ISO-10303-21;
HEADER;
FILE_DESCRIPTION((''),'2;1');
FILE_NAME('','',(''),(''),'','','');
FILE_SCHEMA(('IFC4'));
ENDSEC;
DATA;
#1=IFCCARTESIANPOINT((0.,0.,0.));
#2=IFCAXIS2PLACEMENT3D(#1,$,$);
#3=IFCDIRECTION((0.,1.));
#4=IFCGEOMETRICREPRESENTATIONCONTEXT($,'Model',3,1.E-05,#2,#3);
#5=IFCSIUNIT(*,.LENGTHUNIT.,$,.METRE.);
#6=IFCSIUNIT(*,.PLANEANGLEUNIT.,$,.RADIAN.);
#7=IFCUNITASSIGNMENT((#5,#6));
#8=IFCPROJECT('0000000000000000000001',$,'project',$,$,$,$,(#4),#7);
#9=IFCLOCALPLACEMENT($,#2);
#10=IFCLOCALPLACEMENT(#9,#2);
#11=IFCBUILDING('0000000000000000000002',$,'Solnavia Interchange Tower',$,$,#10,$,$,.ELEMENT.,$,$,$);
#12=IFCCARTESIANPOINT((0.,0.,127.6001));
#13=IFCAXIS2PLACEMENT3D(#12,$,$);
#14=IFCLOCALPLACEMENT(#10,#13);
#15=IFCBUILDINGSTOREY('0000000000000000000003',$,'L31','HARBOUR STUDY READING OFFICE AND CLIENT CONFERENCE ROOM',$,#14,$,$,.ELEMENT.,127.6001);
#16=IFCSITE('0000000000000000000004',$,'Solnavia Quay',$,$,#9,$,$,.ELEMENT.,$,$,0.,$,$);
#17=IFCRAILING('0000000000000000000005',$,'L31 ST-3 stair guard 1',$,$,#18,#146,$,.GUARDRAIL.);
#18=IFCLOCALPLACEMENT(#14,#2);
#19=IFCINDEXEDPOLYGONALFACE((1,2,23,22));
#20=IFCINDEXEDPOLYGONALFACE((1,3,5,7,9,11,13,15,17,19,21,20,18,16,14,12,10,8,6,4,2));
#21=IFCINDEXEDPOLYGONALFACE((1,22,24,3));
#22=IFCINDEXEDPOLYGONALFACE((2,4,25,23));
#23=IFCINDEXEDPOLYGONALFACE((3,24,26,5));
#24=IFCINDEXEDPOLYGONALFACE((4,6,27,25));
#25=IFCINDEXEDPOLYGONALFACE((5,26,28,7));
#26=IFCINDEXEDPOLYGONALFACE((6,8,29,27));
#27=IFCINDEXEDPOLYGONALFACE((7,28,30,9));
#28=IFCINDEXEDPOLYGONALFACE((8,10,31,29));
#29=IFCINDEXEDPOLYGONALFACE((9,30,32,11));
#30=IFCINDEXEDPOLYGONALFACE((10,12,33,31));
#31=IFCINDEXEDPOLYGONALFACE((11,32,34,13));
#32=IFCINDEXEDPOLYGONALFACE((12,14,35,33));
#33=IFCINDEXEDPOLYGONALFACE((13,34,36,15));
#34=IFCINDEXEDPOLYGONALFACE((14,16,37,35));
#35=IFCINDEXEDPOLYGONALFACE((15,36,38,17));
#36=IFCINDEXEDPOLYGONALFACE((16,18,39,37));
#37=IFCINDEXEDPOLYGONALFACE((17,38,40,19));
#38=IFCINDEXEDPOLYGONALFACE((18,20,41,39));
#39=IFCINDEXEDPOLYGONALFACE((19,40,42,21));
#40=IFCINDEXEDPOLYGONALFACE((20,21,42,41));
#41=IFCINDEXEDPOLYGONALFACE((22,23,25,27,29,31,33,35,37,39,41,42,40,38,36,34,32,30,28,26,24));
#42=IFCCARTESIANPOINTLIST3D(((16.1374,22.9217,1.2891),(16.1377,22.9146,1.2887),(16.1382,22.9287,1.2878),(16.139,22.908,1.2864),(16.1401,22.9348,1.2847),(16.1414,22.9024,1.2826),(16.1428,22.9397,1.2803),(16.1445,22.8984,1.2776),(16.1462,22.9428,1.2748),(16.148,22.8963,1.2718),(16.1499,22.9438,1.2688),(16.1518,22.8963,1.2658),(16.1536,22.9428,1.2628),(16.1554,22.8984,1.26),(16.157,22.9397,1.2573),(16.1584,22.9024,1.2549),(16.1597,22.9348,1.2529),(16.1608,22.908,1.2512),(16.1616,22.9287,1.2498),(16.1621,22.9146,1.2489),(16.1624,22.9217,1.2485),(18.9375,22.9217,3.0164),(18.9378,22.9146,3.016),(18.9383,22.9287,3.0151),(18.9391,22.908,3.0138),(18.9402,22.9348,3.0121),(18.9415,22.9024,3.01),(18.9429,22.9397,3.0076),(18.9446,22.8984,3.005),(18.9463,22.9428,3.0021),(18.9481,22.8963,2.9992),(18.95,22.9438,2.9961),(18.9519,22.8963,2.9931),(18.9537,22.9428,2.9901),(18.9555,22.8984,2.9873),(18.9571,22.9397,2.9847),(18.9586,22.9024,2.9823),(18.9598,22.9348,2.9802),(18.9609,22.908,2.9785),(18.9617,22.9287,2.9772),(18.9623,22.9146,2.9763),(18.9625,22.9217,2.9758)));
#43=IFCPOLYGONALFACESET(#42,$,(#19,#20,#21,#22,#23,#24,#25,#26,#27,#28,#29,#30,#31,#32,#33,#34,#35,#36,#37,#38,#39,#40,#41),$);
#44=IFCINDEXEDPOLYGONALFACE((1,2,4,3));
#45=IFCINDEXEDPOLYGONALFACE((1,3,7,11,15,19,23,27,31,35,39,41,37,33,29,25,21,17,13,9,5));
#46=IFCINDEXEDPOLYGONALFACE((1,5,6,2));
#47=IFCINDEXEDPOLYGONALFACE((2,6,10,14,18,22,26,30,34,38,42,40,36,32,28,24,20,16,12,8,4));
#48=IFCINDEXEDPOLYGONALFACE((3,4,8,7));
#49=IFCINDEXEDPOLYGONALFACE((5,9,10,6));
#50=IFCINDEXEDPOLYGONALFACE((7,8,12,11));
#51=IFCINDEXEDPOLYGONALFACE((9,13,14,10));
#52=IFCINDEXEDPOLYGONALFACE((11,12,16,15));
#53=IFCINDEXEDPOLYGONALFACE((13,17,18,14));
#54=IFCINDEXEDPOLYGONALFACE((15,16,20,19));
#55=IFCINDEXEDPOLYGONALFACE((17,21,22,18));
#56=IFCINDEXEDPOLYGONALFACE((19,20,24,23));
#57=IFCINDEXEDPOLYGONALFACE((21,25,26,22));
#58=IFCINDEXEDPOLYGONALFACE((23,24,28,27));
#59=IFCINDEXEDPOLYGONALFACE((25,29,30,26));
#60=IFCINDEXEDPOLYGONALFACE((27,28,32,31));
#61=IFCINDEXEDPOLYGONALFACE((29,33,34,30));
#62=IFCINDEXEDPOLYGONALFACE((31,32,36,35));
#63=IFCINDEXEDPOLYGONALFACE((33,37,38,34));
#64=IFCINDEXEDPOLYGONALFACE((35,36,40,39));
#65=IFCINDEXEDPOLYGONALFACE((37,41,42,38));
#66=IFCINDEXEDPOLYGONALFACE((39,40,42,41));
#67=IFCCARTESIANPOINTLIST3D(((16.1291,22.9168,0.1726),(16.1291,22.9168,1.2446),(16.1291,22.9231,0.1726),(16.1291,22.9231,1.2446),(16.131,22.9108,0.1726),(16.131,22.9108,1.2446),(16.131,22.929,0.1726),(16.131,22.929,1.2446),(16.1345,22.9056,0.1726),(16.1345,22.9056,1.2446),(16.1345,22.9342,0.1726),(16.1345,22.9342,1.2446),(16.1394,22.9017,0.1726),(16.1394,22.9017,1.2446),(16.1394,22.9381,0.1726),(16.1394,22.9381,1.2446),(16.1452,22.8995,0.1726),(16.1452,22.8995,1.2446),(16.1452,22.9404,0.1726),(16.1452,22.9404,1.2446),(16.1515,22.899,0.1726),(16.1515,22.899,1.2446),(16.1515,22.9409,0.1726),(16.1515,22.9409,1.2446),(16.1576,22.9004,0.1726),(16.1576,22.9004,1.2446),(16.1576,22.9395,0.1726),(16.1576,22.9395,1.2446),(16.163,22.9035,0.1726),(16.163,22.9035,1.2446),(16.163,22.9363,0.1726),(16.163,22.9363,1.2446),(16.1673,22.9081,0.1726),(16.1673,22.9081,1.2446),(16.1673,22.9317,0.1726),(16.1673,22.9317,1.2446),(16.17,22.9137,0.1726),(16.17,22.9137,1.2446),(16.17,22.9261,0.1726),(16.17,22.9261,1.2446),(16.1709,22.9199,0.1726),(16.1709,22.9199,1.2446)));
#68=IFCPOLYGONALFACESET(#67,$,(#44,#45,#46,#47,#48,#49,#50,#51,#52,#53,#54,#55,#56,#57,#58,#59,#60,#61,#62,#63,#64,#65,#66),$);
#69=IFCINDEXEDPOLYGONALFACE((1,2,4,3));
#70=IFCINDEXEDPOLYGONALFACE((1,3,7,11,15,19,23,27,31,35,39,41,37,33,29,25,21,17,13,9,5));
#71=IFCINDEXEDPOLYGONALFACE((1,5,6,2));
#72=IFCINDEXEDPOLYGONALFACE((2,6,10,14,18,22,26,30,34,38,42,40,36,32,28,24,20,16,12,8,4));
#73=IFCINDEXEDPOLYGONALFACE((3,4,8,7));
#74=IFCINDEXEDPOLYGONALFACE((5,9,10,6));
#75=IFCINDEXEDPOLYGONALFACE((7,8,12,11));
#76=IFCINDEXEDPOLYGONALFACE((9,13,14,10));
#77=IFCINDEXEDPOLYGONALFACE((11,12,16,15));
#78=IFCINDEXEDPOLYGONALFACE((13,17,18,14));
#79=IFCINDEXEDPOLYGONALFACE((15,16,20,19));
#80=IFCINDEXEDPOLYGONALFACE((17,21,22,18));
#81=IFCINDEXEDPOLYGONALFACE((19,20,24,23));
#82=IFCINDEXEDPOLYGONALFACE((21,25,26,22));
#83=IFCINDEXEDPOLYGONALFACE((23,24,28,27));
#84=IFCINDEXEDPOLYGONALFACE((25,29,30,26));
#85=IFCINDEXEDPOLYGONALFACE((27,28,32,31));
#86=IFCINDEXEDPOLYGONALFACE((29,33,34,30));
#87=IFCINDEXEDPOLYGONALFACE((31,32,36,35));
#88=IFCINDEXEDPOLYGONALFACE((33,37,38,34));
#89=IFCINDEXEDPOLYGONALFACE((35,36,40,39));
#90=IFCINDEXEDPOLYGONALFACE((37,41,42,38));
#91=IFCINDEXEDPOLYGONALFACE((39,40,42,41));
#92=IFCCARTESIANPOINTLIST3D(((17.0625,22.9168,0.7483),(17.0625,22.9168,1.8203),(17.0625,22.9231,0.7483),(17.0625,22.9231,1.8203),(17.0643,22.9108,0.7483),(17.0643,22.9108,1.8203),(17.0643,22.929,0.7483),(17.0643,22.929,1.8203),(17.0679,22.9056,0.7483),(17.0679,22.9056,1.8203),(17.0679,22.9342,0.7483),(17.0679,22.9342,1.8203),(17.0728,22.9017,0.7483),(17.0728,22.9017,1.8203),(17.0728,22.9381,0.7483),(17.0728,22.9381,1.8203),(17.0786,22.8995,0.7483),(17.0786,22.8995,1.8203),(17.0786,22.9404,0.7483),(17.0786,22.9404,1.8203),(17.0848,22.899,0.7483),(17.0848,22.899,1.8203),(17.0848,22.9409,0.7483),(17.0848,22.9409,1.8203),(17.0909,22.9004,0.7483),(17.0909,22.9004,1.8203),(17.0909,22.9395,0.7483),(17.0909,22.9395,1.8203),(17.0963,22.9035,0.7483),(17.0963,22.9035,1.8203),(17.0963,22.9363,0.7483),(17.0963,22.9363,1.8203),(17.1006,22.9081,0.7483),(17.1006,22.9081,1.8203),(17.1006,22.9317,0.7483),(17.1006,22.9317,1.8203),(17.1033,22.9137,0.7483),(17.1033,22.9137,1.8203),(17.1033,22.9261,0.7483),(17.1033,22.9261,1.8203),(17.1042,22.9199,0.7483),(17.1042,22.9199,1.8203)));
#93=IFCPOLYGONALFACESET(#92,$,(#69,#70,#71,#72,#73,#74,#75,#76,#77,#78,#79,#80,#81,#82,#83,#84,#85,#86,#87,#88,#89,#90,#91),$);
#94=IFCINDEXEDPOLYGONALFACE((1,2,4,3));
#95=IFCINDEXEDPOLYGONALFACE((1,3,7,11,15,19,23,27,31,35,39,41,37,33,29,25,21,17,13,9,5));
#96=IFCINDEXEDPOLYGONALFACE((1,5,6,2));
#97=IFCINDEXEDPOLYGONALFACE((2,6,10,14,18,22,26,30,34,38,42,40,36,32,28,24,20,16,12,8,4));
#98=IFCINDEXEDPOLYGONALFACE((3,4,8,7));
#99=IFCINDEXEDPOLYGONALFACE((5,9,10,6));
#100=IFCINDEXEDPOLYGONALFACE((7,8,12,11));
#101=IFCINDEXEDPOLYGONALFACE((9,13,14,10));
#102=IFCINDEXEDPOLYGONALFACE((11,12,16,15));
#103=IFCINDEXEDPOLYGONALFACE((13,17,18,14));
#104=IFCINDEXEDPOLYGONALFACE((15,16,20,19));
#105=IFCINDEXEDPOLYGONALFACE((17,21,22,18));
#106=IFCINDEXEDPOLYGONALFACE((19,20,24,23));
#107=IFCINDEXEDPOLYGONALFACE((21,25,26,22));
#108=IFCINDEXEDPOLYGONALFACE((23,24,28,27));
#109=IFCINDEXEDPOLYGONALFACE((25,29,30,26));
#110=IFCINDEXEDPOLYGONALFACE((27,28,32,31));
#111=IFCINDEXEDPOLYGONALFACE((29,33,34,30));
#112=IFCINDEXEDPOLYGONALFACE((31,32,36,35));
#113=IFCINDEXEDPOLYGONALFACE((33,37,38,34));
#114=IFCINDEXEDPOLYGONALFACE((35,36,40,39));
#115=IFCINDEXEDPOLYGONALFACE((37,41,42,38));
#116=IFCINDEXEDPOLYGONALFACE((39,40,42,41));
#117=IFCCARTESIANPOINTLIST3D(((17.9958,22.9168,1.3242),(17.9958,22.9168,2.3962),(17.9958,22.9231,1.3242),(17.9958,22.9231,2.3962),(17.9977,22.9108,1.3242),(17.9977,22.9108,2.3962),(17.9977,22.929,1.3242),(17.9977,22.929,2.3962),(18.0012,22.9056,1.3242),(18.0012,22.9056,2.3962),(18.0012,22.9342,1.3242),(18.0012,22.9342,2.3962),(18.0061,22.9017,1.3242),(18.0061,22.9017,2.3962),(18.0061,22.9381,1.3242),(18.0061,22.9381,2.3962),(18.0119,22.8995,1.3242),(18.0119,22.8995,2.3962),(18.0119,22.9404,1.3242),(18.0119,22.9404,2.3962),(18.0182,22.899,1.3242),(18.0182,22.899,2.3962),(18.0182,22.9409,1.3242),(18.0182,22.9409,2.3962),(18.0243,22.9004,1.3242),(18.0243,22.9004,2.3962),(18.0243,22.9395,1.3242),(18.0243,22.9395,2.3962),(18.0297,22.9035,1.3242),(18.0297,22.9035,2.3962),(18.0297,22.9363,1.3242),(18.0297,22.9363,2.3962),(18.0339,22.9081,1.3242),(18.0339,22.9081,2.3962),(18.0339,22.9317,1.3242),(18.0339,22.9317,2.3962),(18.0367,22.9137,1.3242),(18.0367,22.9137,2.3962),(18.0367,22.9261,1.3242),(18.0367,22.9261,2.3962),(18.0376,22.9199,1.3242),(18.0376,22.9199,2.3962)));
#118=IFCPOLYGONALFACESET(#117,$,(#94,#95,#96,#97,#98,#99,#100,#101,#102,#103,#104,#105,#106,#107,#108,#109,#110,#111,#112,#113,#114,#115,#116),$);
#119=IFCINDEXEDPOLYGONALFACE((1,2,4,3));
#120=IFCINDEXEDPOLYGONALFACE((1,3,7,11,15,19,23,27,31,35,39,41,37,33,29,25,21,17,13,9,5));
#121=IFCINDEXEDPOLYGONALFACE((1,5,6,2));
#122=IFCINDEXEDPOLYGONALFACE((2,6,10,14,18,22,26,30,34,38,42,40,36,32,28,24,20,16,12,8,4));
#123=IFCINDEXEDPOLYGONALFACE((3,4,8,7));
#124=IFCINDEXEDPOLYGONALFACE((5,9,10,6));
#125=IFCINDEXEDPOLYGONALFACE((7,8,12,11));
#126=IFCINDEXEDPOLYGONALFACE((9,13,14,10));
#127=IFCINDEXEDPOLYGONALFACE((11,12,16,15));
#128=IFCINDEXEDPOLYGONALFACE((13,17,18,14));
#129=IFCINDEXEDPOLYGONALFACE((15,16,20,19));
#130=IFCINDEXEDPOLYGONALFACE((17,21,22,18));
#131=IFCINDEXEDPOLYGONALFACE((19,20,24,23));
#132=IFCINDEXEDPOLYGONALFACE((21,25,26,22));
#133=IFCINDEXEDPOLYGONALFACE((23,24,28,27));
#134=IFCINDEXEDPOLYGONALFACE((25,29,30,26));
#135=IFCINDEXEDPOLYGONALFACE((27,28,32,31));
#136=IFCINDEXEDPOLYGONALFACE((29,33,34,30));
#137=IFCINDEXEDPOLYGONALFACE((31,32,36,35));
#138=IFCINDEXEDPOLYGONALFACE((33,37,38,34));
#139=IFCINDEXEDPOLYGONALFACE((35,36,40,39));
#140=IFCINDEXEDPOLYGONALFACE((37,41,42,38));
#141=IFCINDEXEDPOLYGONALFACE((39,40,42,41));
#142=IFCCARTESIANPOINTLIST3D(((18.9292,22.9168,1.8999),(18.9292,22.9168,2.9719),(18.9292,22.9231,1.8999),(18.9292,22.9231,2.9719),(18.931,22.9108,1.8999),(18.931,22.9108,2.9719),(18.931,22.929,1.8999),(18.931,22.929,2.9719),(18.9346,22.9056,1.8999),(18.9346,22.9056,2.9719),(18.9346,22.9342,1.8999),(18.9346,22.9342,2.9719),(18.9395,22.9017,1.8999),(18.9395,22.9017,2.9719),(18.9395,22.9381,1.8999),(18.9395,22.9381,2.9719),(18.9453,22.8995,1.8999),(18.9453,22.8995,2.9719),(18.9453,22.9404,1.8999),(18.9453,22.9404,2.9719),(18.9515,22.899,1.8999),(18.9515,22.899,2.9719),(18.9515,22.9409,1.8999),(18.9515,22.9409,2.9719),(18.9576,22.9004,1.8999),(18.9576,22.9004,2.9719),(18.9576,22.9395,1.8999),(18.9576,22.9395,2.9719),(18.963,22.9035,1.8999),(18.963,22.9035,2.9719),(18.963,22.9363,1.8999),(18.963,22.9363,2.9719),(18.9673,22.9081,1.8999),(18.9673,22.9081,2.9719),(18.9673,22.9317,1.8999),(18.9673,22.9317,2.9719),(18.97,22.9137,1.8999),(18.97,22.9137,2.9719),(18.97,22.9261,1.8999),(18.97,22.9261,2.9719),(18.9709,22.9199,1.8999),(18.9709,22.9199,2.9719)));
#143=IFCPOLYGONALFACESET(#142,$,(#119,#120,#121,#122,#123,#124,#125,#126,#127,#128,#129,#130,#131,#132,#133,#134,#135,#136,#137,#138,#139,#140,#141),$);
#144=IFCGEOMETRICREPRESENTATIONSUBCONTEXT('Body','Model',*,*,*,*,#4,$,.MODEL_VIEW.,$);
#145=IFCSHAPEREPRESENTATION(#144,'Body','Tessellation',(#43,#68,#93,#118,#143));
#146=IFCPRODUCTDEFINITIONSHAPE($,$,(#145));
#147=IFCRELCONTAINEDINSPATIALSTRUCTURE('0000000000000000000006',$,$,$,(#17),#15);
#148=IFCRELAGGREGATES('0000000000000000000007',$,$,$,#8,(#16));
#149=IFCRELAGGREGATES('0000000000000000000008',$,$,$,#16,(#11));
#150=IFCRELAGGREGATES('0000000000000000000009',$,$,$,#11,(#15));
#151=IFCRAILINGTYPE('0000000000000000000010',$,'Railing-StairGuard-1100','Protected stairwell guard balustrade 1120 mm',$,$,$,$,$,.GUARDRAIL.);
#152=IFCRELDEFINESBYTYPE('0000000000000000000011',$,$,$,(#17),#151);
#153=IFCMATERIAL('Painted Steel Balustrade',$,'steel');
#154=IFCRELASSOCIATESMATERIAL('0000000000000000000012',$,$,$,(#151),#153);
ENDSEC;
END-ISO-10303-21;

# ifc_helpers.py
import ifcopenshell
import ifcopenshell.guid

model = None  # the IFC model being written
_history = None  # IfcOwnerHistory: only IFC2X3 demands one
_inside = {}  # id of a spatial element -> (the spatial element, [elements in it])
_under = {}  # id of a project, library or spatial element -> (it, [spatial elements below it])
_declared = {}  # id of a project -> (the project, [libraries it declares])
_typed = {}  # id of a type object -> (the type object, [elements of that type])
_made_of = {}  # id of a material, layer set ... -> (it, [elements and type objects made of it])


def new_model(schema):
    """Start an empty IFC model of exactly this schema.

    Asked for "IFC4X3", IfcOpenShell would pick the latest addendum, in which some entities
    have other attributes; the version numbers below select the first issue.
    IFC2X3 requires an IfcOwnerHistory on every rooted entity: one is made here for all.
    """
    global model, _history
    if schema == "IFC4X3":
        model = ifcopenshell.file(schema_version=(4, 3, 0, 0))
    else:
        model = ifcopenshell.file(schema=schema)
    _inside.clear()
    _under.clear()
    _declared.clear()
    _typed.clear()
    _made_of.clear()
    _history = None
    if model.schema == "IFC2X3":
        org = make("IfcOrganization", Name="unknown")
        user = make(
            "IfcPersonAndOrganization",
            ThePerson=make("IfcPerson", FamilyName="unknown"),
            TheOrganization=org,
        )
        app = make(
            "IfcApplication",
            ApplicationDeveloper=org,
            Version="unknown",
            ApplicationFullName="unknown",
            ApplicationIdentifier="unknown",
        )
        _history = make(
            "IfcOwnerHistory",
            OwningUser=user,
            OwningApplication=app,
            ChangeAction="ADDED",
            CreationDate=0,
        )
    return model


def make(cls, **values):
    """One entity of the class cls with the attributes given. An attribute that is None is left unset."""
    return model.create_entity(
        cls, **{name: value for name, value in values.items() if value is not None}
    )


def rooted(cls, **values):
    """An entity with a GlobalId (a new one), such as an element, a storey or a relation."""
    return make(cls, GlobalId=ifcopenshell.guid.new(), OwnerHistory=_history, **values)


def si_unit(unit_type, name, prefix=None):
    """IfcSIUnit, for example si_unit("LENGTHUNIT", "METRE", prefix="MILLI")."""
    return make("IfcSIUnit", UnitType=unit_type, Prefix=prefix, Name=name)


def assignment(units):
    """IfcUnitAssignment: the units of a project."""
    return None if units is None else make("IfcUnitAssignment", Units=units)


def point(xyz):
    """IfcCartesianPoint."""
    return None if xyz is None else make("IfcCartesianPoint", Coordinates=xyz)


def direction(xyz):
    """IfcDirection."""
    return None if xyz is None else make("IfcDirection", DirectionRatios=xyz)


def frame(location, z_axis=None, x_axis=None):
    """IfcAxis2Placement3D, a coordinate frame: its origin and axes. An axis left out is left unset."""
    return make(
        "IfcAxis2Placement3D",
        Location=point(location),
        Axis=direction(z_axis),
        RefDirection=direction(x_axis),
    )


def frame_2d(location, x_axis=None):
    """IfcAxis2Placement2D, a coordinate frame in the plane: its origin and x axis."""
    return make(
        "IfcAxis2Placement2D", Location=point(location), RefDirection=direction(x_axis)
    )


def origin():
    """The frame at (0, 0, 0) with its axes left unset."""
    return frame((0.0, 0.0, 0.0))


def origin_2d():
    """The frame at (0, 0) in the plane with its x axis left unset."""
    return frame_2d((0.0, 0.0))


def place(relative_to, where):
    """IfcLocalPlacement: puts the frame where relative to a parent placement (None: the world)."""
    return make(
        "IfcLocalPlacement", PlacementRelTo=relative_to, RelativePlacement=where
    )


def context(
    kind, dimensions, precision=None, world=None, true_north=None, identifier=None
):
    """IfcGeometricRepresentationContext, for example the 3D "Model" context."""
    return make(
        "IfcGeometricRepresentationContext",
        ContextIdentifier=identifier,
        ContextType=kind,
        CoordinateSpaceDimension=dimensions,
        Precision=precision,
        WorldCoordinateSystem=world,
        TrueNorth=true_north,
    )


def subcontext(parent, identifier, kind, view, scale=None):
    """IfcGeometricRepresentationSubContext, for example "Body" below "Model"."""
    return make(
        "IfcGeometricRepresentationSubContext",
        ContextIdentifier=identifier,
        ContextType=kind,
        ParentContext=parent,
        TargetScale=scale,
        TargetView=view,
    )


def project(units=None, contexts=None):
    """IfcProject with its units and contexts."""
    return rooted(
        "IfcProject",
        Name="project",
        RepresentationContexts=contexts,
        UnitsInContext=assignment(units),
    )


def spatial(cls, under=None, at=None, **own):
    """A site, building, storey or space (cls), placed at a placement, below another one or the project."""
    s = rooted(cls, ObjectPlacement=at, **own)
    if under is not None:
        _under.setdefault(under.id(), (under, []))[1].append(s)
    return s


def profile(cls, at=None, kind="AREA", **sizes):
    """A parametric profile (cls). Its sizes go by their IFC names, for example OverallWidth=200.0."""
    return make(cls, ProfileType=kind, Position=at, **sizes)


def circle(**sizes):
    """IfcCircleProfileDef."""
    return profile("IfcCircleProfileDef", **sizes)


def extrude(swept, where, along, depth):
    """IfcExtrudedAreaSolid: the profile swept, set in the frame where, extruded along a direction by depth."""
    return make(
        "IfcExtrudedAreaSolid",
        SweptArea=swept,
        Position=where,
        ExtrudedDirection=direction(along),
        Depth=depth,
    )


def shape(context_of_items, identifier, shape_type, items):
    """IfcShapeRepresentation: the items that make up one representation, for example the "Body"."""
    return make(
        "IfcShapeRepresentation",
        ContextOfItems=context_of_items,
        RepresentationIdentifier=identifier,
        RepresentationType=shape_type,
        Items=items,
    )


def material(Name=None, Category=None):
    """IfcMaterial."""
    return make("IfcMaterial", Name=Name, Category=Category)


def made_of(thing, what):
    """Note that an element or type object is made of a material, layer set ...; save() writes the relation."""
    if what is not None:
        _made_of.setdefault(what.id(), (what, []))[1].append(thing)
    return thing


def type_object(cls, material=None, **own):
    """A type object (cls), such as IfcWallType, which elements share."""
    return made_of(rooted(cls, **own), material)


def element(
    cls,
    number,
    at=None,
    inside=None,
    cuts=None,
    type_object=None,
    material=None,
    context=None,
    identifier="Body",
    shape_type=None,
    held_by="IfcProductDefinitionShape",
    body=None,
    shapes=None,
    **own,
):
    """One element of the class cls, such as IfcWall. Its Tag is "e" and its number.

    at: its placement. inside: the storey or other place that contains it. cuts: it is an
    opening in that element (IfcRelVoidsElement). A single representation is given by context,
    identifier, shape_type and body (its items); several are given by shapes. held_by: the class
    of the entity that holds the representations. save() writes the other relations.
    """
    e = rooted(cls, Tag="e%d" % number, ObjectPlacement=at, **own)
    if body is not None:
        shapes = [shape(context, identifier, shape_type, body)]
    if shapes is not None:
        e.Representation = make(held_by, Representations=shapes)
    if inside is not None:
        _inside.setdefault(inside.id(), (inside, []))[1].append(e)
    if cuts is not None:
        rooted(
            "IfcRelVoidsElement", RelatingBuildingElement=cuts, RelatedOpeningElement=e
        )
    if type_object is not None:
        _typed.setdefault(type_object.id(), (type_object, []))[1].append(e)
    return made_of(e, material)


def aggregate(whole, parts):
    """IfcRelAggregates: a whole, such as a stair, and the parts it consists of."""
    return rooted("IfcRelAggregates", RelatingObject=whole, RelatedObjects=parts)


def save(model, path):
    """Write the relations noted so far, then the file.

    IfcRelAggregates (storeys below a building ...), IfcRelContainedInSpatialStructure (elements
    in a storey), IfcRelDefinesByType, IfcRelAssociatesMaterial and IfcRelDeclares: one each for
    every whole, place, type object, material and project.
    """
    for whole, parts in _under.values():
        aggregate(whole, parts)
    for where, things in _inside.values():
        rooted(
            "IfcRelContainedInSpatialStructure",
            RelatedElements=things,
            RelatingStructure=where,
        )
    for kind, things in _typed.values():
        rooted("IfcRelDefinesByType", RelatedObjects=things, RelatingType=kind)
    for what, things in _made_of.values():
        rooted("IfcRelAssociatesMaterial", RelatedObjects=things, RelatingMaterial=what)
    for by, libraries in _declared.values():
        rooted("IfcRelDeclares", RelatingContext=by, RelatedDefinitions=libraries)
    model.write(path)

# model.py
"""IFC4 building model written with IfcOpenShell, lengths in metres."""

from ifc_helpers import new_model, si_unit, direction, frame, origin, origin_2d, place, context, subcontext, project, spatial, circle, extrude, material, type_object, element, save


model = new_model("IFC4")

# Units and contexts
model_context = context("Model", 3, precision=1e-05, world=origin(), true_north=direction((0.0, 1.0)))
body_context = subcontext(model_context, "Body", "Model", "MODEL_VIEW")
ifc_project = project(units=[si_unit("LENGTHUNIT", "METRE"), si_unit("PLANEANGLEUNIT", "RADIAN")], contexts=[model_context])

# Site, building, storey
site_placement = place(None, origin())
site = spatial("IfcSite", under=ifc_project, at=site_placement, Name="Solnavia Quay", CompositionType="ELEMENT", RefElevation=0.0)
building_placement = place(site_placement, origin())
building = spatial("IfcBuilding", under=site, at=building_placement, Name="Solnavia Interchange Tower", CompositionType="ELEMENT")
storey_placement = place(building_placement, frame((0.0, 0.0, 127.6001)))
storey = spatial("IfcBuildingStorey", under=building, at=storey_placement, Name="L31", Description="HARBOUR STUDY READING OFFICE AND CLIENT CONFERENCE ROOM", CompositionType="ELEMENT", Elevation=127.6001)

# Railing
ifc_material_1 = material(Name="Painted Steel Balustrade", Category="steel")
railing_type_1 = type_object("IfcRailingType", Name="Railing-StairGuard-1100", Description="Protected stairwell guard balustrade 1120 mm", PredefinedType="GUARDRAIL", material=ifc_material_1)
railing_1_placement = place(storey_placement, frame((16.1499, 22.9199, 0.1726)))
element("IfcRailing", 1, at=railing_1_placement, inside=storey, type_object=railing_type_1, Name="L31 ST-3 stair guard 1", PredefinedType="GUARDRAIL", context=body_context, shape_type="SweptSolid", body=[
    extrude(circle(Radius=0.0239, at=origin_2d()), frame((0.0, 0.0, 1.0962), z_axis=(0.85109, 0.0, 0.52502), x_axis=(0.0, 1.0, 0.0)), (0.0, 0.0, 1.0), 3.29),
    extrude(circle(Radius=0.021, at=origin_2d()), origin(), (0.0, 0.0, 1.0), 1.072),
    extrude(circle(Radius=0.021, at=origin_2d()), frame((0.9333, 0.0, 0.5757)), (0.0, 0.0, 1.0), 1.072),
    extrude(circle(Radius=0.021, at=origin_2d()), frame((1.8667, 0.0, 1.1516)), (0.0, 0.0, 1.0), 1.072),
    extrude(circle(Radius=0.021, at=origin_2d()), frame((2.8, 0.0, 1.7273)), (0.0, 0.0, 1.0), 1.072),
])

save(model, "model.ifc")
